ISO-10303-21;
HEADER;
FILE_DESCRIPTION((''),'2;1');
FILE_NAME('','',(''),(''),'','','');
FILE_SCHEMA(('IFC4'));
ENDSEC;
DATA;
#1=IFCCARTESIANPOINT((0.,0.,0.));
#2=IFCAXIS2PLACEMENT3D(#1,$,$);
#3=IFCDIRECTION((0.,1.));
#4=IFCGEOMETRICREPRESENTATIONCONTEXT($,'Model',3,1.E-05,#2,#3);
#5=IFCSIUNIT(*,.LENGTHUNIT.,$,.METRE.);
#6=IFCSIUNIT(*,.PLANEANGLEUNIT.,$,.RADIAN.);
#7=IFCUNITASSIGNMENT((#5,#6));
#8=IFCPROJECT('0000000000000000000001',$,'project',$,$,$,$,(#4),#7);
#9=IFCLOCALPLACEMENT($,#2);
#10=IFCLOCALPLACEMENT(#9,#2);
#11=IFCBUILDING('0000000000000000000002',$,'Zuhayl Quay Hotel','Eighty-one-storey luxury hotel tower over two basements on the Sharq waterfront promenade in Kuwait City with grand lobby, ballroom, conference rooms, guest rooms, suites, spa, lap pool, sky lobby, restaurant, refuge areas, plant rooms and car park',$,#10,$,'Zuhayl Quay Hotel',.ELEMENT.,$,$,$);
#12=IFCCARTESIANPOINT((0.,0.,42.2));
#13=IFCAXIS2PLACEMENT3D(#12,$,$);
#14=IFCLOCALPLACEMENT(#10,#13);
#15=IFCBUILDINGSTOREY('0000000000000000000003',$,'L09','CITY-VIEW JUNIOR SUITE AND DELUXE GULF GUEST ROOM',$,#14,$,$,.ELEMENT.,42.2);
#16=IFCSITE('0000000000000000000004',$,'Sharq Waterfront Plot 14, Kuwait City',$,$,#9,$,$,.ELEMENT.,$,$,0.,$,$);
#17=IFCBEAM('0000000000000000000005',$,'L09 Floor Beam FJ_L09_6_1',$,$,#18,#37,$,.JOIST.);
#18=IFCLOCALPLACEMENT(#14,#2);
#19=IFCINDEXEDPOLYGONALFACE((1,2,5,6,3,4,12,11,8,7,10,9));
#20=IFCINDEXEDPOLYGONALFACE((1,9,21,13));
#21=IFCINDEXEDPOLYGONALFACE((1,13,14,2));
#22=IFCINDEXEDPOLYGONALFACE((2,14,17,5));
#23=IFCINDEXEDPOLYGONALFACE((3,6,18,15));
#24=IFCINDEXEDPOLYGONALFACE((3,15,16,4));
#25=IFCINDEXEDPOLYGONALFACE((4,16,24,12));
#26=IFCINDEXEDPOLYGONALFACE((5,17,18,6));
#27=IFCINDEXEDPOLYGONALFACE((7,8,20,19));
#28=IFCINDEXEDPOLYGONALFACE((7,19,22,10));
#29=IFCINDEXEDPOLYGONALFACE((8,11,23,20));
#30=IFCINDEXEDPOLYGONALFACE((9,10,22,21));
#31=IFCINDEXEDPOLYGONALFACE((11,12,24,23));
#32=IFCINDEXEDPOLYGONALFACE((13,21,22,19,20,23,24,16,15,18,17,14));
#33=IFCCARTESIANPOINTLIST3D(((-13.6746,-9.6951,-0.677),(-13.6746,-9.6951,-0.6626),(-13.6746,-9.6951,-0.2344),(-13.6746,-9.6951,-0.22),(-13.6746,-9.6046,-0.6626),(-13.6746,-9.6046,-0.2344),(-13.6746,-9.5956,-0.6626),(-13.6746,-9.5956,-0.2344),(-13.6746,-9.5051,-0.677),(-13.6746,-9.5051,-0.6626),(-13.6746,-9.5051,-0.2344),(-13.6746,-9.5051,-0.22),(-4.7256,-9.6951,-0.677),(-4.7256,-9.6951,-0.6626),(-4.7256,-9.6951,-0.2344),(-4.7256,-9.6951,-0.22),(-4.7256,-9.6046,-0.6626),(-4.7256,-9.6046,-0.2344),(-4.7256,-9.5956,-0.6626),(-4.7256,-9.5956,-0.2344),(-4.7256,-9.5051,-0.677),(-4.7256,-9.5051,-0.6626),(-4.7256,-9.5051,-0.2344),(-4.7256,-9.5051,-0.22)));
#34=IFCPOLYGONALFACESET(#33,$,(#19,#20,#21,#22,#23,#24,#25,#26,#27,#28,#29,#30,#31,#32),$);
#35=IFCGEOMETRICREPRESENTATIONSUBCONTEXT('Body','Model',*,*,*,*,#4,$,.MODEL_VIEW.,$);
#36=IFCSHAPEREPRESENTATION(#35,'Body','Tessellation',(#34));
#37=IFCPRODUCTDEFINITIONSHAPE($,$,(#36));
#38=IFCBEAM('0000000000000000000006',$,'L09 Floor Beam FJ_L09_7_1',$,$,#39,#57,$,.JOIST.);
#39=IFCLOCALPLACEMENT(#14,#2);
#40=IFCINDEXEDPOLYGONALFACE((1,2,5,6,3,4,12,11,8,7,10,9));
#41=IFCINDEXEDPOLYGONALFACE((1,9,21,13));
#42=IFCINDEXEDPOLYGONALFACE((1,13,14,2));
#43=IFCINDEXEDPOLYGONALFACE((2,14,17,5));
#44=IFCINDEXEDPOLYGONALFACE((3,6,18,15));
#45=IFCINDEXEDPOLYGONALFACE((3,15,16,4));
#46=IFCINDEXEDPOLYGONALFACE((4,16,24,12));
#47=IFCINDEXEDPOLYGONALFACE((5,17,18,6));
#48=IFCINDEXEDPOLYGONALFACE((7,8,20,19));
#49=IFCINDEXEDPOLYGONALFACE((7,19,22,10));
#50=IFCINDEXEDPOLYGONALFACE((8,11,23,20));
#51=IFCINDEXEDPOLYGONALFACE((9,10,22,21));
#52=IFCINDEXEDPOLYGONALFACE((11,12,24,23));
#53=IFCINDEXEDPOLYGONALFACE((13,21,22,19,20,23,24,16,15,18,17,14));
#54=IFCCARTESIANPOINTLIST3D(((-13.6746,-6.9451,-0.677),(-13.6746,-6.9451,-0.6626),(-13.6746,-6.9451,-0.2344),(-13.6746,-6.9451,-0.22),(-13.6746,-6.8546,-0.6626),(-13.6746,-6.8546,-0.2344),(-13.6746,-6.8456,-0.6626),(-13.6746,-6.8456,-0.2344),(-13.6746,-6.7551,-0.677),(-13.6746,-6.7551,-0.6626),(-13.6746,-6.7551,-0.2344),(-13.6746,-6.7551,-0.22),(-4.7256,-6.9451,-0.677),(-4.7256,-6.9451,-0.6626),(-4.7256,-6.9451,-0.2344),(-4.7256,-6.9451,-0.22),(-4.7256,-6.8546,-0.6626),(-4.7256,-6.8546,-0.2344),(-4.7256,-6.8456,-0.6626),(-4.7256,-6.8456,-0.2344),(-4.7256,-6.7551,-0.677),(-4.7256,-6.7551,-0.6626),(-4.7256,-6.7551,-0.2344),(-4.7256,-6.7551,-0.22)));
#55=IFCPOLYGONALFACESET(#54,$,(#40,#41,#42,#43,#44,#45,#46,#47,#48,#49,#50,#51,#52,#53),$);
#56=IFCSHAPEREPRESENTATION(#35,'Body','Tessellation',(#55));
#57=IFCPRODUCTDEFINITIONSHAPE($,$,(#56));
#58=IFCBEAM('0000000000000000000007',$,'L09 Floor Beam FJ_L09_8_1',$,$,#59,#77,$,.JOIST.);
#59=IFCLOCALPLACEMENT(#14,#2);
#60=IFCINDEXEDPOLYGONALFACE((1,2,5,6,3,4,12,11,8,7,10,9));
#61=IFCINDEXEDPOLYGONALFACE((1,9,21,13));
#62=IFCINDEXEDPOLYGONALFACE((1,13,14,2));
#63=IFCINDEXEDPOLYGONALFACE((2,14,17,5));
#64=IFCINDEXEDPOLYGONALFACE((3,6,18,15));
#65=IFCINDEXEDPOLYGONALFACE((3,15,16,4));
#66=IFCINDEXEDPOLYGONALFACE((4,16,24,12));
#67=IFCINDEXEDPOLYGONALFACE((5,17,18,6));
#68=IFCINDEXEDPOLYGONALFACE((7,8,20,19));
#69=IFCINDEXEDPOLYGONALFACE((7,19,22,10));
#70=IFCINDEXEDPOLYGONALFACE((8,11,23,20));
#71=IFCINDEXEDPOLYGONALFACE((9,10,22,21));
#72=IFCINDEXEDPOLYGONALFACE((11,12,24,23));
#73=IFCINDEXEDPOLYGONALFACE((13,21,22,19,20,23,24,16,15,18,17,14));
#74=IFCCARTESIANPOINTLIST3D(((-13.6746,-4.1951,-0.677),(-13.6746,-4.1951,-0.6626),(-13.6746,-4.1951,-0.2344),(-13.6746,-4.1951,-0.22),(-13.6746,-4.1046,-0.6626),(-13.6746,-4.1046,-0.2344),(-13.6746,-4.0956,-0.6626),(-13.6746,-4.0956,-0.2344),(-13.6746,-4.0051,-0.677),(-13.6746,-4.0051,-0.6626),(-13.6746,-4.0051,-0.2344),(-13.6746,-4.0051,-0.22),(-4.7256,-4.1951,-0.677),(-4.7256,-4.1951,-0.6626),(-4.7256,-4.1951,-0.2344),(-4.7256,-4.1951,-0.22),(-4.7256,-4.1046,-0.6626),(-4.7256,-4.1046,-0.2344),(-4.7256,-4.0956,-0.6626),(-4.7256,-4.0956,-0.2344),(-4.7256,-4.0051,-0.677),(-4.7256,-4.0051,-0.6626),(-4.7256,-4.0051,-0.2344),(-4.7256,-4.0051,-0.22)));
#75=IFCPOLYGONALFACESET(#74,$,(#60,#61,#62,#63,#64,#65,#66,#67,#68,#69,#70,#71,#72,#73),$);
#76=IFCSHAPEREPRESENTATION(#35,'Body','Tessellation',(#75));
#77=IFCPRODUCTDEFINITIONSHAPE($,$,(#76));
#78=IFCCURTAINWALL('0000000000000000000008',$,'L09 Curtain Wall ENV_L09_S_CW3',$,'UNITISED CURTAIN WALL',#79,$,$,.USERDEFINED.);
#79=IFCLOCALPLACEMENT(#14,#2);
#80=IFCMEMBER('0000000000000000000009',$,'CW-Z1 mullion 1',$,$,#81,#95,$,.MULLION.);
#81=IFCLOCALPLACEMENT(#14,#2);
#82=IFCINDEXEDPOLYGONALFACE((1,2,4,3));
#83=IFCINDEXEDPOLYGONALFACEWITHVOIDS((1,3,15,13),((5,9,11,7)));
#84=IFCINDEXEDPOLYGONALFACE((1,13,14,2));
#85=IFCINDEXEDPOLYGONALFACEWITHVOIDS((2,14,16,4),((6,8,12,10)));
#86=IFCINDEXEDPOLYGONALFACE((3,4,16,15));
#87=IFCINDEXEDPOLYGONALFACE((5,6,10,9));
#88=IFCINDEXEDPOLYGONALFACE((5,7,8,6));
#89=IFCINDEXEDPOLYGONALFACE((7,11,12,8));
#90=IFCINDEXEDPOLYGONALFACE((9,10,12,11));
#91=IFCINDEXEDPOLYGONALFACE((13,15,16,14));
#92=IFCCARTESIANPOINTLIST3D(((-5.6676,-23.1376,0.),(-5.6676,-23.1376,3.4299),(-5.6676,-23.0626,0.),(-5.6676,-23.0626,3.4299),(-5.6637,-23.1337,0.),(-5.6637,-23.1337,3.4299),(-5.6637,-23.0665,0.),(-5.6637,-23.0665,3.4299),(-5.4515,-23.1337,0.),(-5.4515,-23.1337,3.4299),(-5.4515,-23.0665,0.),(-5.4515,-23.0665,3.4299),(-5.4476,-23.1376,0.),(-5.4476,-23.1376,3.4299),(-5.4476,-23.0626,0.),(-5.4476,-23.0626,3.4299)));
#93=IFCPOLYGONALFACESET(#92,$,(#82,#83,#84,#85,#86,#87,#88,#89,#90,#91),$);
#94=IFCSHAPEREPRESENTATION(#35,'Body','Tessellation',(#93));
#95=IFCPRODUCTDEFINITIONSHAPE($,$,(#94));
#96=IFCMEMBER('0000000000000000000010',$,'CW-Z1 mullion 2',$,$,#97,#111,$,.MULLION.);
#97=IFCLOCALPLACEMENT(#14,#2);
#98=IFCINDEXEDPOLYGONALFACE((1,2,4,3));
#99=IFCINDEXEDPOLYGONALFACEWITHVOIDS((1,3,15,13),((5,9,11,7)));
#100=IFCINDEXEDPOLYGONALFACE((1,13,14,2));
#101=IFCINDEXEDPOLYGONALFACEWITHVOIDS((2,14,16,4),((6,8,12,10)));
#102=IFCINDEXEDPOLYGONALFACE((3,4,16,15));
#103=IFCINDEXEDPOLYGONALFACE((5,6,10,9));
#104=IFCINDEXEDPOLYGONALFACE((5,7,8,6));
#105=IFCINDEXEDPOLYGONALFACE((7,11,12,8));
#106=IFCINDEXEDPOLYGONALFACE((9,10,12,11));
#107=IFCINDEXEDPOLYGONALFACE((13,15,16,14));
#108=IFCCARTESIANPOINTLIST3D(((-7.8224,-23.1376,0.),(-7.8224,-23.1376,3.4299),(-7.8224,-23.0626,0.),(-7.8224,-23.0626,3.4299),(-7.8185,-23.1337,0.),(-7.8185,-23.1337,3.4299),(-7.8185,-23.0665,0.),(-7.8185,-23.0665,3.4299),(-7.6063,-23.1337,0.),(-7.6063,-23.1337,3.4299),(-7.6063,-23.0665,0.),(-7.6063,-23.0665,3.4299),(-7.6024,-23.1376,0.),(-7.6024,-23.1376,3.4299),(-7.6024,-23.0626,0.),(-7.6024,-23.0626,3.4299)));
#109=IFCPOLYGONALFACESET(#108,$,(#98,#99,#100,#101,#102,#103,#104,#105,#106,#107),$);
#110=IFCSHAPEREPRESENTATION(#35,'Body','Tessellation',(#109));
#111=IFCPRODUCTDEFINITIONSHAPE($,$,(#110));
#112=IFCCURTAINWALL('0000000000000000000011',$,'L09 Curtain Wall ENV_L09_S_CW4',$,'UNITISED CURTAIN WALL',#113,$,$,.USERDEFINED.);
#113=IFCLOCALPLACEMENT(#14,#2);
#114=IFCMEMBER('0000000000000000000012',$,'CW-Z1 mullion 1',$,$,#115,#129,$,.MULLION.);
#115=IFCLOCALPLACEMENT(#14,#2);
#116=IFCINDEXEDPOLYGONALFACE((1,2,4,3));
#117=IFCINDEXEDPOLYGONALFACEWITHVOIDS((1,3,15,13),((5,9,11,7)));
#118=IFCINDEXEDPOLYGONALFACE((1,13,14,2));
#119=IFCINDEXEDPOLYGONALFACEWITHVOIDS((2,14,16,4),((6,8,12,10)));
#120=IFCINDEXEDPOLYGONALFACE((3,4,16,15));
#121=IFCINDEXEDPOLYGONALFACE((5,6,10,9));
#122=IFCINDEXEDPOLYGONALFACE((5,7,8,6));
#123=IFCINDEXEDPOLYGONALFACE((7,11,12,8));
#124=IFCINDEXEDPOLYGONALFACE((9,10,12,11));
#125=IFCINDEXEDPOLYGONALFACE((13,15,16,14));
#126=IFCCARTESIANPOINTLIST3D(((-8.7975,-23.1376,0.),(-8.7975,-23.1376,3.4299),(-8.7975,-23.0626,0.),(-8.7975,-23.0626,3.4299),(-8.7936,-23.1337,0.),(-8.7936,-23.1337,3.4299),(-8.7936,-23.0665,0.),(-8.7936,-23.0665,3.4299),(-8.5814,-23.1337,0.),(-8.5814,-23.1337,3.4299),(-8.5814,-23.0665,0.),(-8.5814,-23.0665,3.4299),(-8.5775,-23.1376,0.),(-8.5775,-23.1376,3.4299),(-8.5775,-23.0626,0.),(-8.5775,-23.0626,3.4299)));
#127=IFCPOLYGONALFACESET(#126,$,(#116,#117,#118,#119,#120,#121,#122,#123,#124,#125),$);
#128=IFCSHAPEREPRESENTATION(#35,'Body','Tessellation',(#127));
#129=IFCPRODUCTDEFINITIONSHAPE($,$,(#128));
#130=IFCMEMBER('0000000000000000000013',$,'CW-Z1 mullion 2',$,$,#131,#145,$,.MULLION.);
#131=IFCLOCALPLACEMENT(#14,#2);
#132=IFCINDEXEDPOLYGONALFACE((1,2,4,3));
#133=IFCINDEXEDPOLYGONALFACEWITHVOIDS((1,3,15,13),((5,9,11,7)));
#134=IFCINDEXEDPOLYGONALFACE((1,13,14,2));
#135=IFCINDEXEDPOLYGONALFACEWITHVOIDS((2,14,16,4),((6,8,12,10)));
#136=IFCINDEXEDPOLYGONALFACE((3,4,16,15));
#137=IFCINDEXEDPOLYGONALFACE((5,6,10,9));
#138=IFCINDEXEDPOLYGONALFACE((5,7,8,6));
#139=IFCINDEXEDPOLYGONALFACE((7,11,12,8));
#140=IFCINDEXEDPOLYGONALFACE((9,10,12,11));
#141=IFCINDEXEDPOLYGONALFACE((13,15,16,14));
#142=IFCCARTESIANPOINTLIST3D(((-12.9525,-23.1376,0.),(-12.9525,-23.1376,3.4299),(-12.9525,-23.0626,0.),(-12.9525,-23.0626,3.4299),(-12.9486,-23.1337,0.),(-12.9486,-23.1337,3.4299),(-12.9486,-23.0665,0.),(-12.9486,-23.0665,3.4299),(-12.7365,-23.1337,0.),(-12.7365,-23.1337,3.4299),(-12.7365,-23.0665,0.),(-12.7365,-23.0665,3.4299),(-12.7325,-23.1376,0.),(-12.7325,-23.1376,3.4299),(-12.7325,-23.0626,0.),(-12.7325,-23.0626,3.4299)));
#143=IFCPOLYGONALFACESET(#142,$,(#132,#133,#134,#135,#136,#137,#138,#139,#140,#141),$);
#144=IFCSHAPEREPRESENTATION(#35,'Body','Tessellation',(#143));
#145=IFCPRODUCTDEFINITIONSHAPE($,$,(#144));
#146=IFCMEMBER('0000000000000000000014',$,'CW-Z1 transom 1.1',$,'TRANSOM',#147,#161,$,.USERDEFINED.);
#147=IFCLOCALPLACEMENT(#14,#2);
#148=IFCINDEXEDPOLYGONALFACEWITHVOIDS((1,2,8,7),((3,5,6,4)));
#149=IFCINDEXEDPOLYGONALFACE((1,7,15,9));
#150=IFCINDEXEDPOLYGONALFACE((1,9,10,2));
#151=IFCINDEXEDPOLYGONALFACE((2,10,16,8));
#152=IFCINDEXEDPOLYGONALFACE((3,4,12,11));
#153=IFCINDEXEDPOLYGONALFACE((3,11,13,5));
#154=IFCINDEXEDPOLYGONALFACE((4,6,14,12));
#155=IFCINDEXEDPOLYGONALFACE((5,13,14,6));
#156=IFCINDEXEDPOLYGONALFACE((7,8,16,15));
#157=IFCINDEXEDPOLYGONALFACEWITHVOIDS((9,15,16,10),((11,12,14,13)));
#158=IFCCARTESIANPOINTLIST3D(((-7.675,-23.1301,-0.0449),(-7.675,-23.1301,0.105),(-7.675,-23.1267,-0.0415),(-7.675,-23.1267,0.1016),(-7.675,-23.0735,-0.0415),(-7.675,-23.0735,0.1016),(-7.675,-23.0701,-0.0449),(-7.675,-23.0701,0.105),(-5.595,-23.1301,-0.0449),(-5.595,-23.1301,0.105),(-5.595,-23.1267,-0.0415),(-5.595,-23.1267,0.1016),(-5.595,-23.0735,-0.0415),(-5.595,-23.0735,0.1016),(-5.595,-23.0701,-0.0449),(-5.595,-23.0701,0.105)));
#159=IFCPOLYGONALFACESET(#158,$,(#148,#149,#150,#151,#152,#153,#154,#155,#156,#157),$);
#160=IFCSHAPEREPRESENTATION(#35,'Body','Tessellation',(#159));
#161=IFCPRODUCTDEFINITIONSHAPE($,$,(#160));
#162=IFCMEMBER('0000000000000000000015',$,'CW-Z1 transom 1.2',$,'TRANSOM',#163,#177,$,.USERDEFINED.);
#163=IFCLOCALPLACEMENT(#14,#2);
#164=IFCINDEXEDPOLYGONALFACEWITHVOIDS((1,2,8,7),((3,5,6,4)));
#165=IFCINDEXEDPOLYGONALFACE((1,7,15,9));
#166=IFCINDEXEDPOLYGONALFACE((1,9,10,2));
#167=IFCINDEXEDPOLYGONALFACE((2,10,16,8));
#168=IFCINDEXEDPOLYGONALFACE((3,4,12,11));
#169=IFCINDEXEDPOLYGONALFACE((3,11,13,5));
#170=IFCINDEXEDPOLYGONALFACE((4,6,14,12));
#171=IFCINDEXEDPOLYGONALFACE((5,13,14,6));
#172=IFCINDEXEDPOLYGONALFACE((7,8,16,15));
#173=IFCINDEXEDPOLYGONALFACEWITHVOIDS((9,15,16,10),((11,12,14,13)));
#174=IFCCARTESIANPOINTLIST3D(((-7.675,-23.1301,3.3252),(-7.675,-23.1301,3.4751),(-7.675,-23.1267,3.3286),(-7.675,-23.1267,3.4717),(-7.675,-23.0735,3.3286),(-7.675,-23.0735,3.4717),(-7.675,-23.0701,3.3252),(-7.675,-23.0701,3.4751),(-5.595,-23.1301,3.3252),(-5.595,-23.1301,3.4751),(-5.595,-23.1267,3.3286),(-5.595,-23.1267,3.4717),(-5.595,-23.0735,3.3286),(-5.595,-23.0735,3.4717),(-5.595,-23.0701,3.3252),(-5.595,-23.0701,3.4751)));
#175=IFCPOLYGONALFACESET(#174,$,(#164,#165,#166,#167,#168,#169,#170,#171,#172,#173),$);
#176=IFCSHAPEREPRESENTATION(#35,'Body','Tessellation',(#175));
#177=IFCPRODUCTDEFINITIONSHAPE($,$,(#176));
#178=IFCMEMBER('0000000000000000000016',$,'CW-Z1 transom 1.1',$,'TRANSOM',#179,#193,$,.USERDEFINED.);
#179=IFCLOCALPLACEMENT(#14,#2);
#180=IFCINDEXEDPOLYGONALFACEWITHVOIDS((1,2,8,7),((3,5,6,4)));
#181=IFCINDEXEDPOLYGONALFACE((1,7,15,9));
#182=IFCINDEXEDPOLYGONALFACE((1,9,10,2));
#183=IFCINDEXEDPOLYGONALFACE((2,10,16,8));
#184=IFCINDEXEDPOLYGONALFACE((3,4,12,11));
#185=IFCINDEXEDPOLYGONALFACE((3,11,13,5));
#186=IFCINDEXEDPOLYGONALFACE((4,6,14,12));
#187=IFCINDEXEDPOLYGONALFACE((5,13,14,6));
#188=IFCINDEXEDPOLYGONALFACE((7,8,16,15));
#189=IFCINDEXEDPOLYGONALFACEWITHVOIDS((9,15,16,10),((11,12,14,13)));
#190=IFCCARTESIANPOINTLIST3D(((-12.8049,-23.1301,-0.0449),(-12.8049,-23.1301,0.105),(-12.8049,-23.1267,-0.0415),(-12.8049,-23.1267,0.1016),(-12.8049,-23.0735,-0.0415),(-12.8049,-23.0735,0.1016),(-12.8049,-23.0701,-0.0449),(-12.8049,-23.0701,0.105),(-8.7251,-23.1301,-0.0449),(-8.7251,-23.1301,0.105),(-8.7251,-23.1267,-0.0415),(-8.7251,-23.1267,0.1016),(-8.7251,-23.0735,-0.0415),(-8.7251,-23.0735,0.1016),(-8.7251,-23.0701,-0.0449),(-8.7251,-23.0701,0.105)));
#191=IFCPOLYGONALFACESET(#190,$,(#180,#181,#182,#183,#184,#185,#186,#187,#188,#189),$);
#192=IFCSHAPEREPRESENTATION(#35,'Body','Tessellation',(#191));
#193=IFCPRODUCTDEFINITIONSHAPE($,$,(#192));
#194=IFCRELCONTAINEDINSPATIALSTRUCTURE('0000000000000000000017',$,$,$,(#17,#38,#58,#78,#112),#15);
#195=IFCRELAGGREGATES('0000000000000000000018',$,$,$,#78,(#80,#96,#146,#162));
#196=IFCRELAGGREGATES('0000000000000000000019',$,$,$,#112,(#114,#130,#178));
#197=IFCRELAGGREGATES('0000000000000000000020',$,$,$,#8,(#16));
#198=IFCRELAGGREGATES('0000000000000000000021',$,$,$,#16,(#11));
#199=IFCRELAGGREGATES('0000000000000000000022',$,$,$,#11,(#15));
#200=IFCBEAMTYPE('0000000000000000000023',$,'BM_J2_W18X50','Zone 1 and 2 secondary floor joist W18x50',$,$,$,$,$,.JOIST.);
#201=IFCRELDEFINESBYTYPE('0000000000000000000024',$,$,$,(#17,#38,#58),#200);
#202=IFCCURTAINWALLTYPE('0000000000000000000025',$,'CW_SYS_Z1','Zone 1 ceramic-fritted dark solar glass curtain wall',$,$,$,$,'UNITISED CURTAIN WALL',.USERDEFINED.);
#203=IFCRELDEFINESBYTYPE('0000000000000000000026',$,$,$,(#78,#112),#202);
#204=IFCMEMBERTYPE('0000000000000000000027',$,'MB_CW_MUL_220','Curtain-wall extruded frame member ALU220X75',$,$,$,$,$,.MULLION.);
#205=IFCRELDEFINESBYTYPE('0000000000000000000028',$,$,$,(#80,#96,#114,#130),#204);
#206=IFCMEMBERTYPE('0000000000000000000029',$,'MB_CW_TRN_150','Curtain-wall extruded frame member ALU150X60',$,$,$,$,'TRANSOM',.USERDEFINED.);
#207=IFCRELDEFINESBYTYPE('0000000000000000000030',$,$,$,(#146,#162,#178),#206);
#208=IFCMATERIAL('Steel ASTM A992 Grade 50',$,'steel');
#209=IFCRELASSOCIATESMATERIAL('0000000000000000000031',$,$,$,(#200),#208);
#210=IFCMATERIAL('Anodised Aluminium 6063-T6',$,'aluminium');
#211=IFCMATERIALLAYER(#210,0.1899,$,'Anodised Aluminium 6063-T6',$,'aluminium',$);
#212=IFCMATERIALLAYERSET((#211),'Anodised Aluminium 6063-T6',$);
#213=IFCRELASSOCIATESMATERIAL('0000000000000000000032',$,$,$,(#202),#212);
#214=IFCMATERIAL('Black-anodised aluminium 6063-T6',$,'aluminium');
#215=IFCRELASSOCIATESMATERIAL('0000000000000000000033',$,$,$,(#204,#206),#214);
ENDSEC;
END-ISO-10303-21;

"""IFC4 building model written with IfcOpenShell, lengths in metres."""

from ifc_helpers import new_model, si_unit, direction, frame, origin, origin_2d, place, context, subcontext, project, spatial, hollow_rectangle, i_section, extrude, material, layer, layer_set, material_profile, profile_set, type_object, element, aggregate, save


model = new_model("IFC4")

# Units and contexts
model_context = context("Model", 3, precision=1e-05, world=origin(), true_north=direction((0.0, 1.0)))
body_context = subcontext(model_context, "Body", "Model", "MODEL_VIEW")
ifc_project = project(units=[si_unit("LENGTHUNIT", "METRE"), si_unit("PLANEANGLEUNIT", "RADIAN")], contexts=[model_context])

# Site, building, storey
site_placement = place(None, origin())
site = spatial("IfcSite", under=ifc_project, at=site_placement, Name="Sharq Waterfront Plot 14, Kuwait City", CompositionType="ELEMENT", RefElevation=0.0)
building_placement = place(site_placement, origin())
building = spatial("IfcBuilding", under=site, at=building_placement, Name="Zuhayl Quay Hotel", Description="Eighty-one-storey luxury hotel tower over two basements on the Sharq waterfront promenade in Kuwait City with grand lobby, ballroom, conference rooms, guest rooms, suites, spa, lap pool, sky lobby, restaurant, refuge areas, plant rooms and car park", LongName="Zuhayl Quay Hotel", CompositionType="ELEMENT")
storey_placement = place(building_placement, frame((0.0, 0.0, 42.2)))
storey = spatial("IfcBuildingStorey", under=building, at=storey_placement, Name="L09", Description="CITY-VIEW JUNIOR SUITE AND DELUXE GULF GUEST ROOM", CompositionType="ELEMENT", Elevation=42.2)

# Beams
ifc_material_1 = material(Name="Steel ASTM A992 Grade 50", Category="steel")
ifc_material_profile_1 = material_profile(ifc_material_1, i_section(OverallWidth=0.1899, OverallDepth=0.457, WebThickness=0.009, FlangeThickness=0.0144, at=origin_2d()), Name="W18X50")
ifc_profile_set_1 = profile_set([ifc_material_profile_1], Name="Steel ASTM A992 Grade 50")
beam_type_1 = type_object("IfcBeamType", Name="BM_J2_W18X50", Description="Zone 1 and 2 secondary floor joist W18x50", PredefinedType="JOIST", material=ifc_profile_set_1)
for number, where, z_axis, x_axis, name in (
    (1, (-13.6746, -9.6001, -0.4485), (1.0, 0.0, 0.0), (0.0, 1.0, 0.0), "L09 Floor Beam FJ_L09_6_1"),
    (2, (-13.6746, -6.8501, -0.4485), (1.0, 0.0, 0.0), (0.0, 1.0, 0.0), "L09 Floor Beam FJ_L09_7_1"),
    (3, (-13.6746, -4.1001, -0.4485), (1.0, 0.0, 0.0), (0.0, 1.0, 0.0), "L09 Floor Beam FJ_L09_8_1"),
):
    element("IfcBeam", number, at=place(storey_placement, frame(where, z_axis=z_axis, x_axis=x_axis)), inside=storey, type_object=beam_type_1, Name=name, PredefinedType="JOIST", context=body_context, shape_type="SweptSolid", body=[
        extrude(i_section(OverallWidth=0.1899, OverallDepth=0.457, WebThickness=0.009, FlangeThickness=0.0144, at=origin_2d()), origin(), (0.0, 0.0, 1.0), 8.949),
    ])

# Curtain walls, members
ifc_material_2 = material(Name="Anodised Aluminium 6063-T6", Category="aluminium")
ifc_layer_1 = layer(ifc_material_2, 0.1899, Name="Anodised Aluminium 6063-T6", Category="aluminium")
ifc_layer_set_1 = layer_set([ifc_layer_1], Name="Anodised Aluminium 6063-T6")
curtain_wall_type = type_object("IfcCurtainWallType", Name="CW_SYS_Z1", Description="Zone 1 ceramic-fritted dark solar glass curtain wall", ElementType="UNITISED CURTAIN WALL", PredefinedType="USERDEFINED", material=ifc_layer_set_1)
curtain_wall_1_placement = place(storey_placement, origin())
curtain_wall_1 = element("IfcCurtainWall", 4, at=curtain_wall_1_placement, inside=storey, type_object=curtain_wall_type, Name="L09 Curtain Wall ENV_L09_S_CW3", ObjectType="UNITISED CURTAIN WALL", PredefinedType="USERDEFINED")
ifc_material_3 = material(Name="Black-anodised aluminium 6063-T6", Category="aluminium")
ifc_material_profile_2 = material_profile(ifc_material_3, hollow_rectangle(XDim=0.075, YDim=0.22, WallThickness=0.0039, at=origin_2d()), Name="ALU220X75")
ifc_profile_set_2 = profile_set([ifc_material_profile_2], Name="Black-anodised aluminium 6063-T6")
member_type_1 = type_object("IfcMemberType", Name="MB_CW_MUL_220", Description="Curtain-wall extruded frame member ALU220X75", PredefinedType="MULLION", material=ifc_profile_set_2)
member_1_placement = place(storey_placement, frame((-5.5576, -23.1001, 0.0), z_axis=(0.0, 0.0, 1.0), x_axis=(0.0, -1.0, 0.0)))
member_1 = element("IfcMember", 5, at=member_1_placement, type_object=member_type_1, Name="CW-Z1 mullion 1", PredefinedType="MULLION", context=body_context, shape_type="SweptSolid", body=[
    extrude(hollow_rectangle(XDim=0.075, YDim=0.22, WallThickness=0.0039, at=origin_2d()), origin(), (0.0, 0.0, 1.0), 3.4299),
])
member_2_placement = place(storey_placement, frame((-7.7124, -23.1001, 0.0), z_axis=(0.0, 0.0, 1.0), x_axis=(0.0, -1.0, 0.0)))
member_2 = element("IfcMember", 6, at=member_2_placement, type_object=member_type_1, Name="CW-Z1 mullion 2", PredefinedType="MULLION", context=body_context, shape_type="SweptSolid", body=[
    extrude(hollow_rectangle(XDim=0.075, YDim=0.22, WallThickness=0.0039, at=origin_2d()), origin(), (0.0, 0.0, 1.0), 3.4299),
])
curtain_wall_2_placement = place(storey_placement, origin())
curtain_wall_2 = element("IfcCurtainWall", 7, at=curtain_wall_2_placement, inside=storey, type_object=curtain_wall_type, Name="L09 Curtain Wall ENV_L09_S_CW4", ObjectType="UNITISED CURTAIN WALL", PredefinedType="USERDEFINED")
member_3_placement = place(storey_placement, frame((-8.6875, -23.1001, 0.0), z_axis=(0.0, 0.0, 1.0), x_axis=(0.0, -1.0, 0.0)))
member_3 = element("IfcMember", 8, at=member_3_placement, type_object=member_type_1, Name="CW-Z1 mullion 1", PredefinedType="MULLION", context=body_context, shape_type="SweptSolid", body=[
    extrude(hollow_rectangle(XDim=0.075, YDim=0.22, WallThickness=0.0039, at=origin_2d()), origin(), (0.0, 0.0, 1.0), 3.4299),
])
member_4_placement = place(storey_placement, frame((-12.8425, -23.1001, 0.0), z_axis=(0.0, 0.0, 1.0), x_axis=(0.0, -1.0, 0.0)))
member_4 = element("IfcMember", 9, at=member_4_placement, type_object=member_type_1, Name="CW-Z1 mullion 2", PredefinedType="MULLION", context=body_context, shape_type="SweptSolid", body=[
    extrude(hollow_rectangle(XDim=0.075, YDim=0.22, WallThickness=0.0039, at=origin_2d()), origin(), (0.0, 0.0, 1.0), 3.4299),
])

# Members
ifc_material_profile_3 = material_profile(ifc_material_3, hollow_rectangle(XDim=0.0601, YDim=0.1499, WallThickness=0.0034, at=origin_2d()), Name="ALU150X60")
ifc_profile_set_3 = profile_set([ifc_material_profile_3], Name="Black-anodised aluminium 6063-T6")
member_type_2 = type_object("IfcMemberType", Name="MB_CW_TRN_150", Description="Curtain-wall extruded frame member ALU150X60", ElementType="TRANSOM", PredefinedType="USERDEFINED", material=ifc_profile_set_3)
member_5_placement = place(storey_placement, frame((-5.595, -23.1001, 0.03), z_axis=(-1.0, 0.0, 0.0), x_axis=(0.0, -1.0, 0.0)))
member_5 = element("IfcMember", 10, at=member_5_placement, type_object=member_type_2, Name="CW-Z1 transom 1.1", ObjectType="TRANSOM", PredefinedType="USERDEFINED", context=body_context, shape_type="SweptSolid", body=[
    extrude(hollow_rectangle(XDim=0.0601, YDim=0.1499, WallThickness=0.0034, at=origin_2d()), origin(), (0.0, 0.0, 1.0), 2.0801),
])
member_6_placement = place(storey_placement, frame((-5.595, -23.1001, 3.4001), z_axis=(-1.0, 0.0, 0.0), x_axis=(0.0, -1.0, 0.0)))
member_6 = element("IfcMember", 11, at=member_6_placement, type_object=member_type_2, Name="CW-Z1 transom 1.2", ObjectType="TRANSOM", PredefinedType="USERDEFINED", context=body_context, shape_type="SweptSolid", body=[
    extrude(hollow_rectangle(XDim=0.0601, YDim=0.1499, WallThickness=0.0034, at=origin_2d()), origin(), (0.0, 0.0, 1.0), 2.0801),
])
member_7_placement = place(storey_placement, frame((-8.7251, -23.1001, 0.03), z_axis=(-1.0, 0.0, 0.0), x_axis=(0.0, -1.0, 0.0)))
member_7 = element("IfcMember", 12, at=member_7_placement, type_object=member_type_2, Name="CW-Z1 transom 1.1", ObjectType="TRANSOM", PredefinedType="USERDEFINED", context=body_context, shape_type="SweptSolid", body=[
    extrude(hollow_rectangle(XDim=0.0601, YDim=0.1499, WallThickness=0.0034, at=origin_2d()), origin(), (0.0, 0.0, 1.0), 4.0798),
])

aggregate(curtain_wall_1, [member_1, member_2, member_5, member_6])
aggregate(curtain_wall_2, [member_3, member_4, member_7])

save(model, "model.ifc")
